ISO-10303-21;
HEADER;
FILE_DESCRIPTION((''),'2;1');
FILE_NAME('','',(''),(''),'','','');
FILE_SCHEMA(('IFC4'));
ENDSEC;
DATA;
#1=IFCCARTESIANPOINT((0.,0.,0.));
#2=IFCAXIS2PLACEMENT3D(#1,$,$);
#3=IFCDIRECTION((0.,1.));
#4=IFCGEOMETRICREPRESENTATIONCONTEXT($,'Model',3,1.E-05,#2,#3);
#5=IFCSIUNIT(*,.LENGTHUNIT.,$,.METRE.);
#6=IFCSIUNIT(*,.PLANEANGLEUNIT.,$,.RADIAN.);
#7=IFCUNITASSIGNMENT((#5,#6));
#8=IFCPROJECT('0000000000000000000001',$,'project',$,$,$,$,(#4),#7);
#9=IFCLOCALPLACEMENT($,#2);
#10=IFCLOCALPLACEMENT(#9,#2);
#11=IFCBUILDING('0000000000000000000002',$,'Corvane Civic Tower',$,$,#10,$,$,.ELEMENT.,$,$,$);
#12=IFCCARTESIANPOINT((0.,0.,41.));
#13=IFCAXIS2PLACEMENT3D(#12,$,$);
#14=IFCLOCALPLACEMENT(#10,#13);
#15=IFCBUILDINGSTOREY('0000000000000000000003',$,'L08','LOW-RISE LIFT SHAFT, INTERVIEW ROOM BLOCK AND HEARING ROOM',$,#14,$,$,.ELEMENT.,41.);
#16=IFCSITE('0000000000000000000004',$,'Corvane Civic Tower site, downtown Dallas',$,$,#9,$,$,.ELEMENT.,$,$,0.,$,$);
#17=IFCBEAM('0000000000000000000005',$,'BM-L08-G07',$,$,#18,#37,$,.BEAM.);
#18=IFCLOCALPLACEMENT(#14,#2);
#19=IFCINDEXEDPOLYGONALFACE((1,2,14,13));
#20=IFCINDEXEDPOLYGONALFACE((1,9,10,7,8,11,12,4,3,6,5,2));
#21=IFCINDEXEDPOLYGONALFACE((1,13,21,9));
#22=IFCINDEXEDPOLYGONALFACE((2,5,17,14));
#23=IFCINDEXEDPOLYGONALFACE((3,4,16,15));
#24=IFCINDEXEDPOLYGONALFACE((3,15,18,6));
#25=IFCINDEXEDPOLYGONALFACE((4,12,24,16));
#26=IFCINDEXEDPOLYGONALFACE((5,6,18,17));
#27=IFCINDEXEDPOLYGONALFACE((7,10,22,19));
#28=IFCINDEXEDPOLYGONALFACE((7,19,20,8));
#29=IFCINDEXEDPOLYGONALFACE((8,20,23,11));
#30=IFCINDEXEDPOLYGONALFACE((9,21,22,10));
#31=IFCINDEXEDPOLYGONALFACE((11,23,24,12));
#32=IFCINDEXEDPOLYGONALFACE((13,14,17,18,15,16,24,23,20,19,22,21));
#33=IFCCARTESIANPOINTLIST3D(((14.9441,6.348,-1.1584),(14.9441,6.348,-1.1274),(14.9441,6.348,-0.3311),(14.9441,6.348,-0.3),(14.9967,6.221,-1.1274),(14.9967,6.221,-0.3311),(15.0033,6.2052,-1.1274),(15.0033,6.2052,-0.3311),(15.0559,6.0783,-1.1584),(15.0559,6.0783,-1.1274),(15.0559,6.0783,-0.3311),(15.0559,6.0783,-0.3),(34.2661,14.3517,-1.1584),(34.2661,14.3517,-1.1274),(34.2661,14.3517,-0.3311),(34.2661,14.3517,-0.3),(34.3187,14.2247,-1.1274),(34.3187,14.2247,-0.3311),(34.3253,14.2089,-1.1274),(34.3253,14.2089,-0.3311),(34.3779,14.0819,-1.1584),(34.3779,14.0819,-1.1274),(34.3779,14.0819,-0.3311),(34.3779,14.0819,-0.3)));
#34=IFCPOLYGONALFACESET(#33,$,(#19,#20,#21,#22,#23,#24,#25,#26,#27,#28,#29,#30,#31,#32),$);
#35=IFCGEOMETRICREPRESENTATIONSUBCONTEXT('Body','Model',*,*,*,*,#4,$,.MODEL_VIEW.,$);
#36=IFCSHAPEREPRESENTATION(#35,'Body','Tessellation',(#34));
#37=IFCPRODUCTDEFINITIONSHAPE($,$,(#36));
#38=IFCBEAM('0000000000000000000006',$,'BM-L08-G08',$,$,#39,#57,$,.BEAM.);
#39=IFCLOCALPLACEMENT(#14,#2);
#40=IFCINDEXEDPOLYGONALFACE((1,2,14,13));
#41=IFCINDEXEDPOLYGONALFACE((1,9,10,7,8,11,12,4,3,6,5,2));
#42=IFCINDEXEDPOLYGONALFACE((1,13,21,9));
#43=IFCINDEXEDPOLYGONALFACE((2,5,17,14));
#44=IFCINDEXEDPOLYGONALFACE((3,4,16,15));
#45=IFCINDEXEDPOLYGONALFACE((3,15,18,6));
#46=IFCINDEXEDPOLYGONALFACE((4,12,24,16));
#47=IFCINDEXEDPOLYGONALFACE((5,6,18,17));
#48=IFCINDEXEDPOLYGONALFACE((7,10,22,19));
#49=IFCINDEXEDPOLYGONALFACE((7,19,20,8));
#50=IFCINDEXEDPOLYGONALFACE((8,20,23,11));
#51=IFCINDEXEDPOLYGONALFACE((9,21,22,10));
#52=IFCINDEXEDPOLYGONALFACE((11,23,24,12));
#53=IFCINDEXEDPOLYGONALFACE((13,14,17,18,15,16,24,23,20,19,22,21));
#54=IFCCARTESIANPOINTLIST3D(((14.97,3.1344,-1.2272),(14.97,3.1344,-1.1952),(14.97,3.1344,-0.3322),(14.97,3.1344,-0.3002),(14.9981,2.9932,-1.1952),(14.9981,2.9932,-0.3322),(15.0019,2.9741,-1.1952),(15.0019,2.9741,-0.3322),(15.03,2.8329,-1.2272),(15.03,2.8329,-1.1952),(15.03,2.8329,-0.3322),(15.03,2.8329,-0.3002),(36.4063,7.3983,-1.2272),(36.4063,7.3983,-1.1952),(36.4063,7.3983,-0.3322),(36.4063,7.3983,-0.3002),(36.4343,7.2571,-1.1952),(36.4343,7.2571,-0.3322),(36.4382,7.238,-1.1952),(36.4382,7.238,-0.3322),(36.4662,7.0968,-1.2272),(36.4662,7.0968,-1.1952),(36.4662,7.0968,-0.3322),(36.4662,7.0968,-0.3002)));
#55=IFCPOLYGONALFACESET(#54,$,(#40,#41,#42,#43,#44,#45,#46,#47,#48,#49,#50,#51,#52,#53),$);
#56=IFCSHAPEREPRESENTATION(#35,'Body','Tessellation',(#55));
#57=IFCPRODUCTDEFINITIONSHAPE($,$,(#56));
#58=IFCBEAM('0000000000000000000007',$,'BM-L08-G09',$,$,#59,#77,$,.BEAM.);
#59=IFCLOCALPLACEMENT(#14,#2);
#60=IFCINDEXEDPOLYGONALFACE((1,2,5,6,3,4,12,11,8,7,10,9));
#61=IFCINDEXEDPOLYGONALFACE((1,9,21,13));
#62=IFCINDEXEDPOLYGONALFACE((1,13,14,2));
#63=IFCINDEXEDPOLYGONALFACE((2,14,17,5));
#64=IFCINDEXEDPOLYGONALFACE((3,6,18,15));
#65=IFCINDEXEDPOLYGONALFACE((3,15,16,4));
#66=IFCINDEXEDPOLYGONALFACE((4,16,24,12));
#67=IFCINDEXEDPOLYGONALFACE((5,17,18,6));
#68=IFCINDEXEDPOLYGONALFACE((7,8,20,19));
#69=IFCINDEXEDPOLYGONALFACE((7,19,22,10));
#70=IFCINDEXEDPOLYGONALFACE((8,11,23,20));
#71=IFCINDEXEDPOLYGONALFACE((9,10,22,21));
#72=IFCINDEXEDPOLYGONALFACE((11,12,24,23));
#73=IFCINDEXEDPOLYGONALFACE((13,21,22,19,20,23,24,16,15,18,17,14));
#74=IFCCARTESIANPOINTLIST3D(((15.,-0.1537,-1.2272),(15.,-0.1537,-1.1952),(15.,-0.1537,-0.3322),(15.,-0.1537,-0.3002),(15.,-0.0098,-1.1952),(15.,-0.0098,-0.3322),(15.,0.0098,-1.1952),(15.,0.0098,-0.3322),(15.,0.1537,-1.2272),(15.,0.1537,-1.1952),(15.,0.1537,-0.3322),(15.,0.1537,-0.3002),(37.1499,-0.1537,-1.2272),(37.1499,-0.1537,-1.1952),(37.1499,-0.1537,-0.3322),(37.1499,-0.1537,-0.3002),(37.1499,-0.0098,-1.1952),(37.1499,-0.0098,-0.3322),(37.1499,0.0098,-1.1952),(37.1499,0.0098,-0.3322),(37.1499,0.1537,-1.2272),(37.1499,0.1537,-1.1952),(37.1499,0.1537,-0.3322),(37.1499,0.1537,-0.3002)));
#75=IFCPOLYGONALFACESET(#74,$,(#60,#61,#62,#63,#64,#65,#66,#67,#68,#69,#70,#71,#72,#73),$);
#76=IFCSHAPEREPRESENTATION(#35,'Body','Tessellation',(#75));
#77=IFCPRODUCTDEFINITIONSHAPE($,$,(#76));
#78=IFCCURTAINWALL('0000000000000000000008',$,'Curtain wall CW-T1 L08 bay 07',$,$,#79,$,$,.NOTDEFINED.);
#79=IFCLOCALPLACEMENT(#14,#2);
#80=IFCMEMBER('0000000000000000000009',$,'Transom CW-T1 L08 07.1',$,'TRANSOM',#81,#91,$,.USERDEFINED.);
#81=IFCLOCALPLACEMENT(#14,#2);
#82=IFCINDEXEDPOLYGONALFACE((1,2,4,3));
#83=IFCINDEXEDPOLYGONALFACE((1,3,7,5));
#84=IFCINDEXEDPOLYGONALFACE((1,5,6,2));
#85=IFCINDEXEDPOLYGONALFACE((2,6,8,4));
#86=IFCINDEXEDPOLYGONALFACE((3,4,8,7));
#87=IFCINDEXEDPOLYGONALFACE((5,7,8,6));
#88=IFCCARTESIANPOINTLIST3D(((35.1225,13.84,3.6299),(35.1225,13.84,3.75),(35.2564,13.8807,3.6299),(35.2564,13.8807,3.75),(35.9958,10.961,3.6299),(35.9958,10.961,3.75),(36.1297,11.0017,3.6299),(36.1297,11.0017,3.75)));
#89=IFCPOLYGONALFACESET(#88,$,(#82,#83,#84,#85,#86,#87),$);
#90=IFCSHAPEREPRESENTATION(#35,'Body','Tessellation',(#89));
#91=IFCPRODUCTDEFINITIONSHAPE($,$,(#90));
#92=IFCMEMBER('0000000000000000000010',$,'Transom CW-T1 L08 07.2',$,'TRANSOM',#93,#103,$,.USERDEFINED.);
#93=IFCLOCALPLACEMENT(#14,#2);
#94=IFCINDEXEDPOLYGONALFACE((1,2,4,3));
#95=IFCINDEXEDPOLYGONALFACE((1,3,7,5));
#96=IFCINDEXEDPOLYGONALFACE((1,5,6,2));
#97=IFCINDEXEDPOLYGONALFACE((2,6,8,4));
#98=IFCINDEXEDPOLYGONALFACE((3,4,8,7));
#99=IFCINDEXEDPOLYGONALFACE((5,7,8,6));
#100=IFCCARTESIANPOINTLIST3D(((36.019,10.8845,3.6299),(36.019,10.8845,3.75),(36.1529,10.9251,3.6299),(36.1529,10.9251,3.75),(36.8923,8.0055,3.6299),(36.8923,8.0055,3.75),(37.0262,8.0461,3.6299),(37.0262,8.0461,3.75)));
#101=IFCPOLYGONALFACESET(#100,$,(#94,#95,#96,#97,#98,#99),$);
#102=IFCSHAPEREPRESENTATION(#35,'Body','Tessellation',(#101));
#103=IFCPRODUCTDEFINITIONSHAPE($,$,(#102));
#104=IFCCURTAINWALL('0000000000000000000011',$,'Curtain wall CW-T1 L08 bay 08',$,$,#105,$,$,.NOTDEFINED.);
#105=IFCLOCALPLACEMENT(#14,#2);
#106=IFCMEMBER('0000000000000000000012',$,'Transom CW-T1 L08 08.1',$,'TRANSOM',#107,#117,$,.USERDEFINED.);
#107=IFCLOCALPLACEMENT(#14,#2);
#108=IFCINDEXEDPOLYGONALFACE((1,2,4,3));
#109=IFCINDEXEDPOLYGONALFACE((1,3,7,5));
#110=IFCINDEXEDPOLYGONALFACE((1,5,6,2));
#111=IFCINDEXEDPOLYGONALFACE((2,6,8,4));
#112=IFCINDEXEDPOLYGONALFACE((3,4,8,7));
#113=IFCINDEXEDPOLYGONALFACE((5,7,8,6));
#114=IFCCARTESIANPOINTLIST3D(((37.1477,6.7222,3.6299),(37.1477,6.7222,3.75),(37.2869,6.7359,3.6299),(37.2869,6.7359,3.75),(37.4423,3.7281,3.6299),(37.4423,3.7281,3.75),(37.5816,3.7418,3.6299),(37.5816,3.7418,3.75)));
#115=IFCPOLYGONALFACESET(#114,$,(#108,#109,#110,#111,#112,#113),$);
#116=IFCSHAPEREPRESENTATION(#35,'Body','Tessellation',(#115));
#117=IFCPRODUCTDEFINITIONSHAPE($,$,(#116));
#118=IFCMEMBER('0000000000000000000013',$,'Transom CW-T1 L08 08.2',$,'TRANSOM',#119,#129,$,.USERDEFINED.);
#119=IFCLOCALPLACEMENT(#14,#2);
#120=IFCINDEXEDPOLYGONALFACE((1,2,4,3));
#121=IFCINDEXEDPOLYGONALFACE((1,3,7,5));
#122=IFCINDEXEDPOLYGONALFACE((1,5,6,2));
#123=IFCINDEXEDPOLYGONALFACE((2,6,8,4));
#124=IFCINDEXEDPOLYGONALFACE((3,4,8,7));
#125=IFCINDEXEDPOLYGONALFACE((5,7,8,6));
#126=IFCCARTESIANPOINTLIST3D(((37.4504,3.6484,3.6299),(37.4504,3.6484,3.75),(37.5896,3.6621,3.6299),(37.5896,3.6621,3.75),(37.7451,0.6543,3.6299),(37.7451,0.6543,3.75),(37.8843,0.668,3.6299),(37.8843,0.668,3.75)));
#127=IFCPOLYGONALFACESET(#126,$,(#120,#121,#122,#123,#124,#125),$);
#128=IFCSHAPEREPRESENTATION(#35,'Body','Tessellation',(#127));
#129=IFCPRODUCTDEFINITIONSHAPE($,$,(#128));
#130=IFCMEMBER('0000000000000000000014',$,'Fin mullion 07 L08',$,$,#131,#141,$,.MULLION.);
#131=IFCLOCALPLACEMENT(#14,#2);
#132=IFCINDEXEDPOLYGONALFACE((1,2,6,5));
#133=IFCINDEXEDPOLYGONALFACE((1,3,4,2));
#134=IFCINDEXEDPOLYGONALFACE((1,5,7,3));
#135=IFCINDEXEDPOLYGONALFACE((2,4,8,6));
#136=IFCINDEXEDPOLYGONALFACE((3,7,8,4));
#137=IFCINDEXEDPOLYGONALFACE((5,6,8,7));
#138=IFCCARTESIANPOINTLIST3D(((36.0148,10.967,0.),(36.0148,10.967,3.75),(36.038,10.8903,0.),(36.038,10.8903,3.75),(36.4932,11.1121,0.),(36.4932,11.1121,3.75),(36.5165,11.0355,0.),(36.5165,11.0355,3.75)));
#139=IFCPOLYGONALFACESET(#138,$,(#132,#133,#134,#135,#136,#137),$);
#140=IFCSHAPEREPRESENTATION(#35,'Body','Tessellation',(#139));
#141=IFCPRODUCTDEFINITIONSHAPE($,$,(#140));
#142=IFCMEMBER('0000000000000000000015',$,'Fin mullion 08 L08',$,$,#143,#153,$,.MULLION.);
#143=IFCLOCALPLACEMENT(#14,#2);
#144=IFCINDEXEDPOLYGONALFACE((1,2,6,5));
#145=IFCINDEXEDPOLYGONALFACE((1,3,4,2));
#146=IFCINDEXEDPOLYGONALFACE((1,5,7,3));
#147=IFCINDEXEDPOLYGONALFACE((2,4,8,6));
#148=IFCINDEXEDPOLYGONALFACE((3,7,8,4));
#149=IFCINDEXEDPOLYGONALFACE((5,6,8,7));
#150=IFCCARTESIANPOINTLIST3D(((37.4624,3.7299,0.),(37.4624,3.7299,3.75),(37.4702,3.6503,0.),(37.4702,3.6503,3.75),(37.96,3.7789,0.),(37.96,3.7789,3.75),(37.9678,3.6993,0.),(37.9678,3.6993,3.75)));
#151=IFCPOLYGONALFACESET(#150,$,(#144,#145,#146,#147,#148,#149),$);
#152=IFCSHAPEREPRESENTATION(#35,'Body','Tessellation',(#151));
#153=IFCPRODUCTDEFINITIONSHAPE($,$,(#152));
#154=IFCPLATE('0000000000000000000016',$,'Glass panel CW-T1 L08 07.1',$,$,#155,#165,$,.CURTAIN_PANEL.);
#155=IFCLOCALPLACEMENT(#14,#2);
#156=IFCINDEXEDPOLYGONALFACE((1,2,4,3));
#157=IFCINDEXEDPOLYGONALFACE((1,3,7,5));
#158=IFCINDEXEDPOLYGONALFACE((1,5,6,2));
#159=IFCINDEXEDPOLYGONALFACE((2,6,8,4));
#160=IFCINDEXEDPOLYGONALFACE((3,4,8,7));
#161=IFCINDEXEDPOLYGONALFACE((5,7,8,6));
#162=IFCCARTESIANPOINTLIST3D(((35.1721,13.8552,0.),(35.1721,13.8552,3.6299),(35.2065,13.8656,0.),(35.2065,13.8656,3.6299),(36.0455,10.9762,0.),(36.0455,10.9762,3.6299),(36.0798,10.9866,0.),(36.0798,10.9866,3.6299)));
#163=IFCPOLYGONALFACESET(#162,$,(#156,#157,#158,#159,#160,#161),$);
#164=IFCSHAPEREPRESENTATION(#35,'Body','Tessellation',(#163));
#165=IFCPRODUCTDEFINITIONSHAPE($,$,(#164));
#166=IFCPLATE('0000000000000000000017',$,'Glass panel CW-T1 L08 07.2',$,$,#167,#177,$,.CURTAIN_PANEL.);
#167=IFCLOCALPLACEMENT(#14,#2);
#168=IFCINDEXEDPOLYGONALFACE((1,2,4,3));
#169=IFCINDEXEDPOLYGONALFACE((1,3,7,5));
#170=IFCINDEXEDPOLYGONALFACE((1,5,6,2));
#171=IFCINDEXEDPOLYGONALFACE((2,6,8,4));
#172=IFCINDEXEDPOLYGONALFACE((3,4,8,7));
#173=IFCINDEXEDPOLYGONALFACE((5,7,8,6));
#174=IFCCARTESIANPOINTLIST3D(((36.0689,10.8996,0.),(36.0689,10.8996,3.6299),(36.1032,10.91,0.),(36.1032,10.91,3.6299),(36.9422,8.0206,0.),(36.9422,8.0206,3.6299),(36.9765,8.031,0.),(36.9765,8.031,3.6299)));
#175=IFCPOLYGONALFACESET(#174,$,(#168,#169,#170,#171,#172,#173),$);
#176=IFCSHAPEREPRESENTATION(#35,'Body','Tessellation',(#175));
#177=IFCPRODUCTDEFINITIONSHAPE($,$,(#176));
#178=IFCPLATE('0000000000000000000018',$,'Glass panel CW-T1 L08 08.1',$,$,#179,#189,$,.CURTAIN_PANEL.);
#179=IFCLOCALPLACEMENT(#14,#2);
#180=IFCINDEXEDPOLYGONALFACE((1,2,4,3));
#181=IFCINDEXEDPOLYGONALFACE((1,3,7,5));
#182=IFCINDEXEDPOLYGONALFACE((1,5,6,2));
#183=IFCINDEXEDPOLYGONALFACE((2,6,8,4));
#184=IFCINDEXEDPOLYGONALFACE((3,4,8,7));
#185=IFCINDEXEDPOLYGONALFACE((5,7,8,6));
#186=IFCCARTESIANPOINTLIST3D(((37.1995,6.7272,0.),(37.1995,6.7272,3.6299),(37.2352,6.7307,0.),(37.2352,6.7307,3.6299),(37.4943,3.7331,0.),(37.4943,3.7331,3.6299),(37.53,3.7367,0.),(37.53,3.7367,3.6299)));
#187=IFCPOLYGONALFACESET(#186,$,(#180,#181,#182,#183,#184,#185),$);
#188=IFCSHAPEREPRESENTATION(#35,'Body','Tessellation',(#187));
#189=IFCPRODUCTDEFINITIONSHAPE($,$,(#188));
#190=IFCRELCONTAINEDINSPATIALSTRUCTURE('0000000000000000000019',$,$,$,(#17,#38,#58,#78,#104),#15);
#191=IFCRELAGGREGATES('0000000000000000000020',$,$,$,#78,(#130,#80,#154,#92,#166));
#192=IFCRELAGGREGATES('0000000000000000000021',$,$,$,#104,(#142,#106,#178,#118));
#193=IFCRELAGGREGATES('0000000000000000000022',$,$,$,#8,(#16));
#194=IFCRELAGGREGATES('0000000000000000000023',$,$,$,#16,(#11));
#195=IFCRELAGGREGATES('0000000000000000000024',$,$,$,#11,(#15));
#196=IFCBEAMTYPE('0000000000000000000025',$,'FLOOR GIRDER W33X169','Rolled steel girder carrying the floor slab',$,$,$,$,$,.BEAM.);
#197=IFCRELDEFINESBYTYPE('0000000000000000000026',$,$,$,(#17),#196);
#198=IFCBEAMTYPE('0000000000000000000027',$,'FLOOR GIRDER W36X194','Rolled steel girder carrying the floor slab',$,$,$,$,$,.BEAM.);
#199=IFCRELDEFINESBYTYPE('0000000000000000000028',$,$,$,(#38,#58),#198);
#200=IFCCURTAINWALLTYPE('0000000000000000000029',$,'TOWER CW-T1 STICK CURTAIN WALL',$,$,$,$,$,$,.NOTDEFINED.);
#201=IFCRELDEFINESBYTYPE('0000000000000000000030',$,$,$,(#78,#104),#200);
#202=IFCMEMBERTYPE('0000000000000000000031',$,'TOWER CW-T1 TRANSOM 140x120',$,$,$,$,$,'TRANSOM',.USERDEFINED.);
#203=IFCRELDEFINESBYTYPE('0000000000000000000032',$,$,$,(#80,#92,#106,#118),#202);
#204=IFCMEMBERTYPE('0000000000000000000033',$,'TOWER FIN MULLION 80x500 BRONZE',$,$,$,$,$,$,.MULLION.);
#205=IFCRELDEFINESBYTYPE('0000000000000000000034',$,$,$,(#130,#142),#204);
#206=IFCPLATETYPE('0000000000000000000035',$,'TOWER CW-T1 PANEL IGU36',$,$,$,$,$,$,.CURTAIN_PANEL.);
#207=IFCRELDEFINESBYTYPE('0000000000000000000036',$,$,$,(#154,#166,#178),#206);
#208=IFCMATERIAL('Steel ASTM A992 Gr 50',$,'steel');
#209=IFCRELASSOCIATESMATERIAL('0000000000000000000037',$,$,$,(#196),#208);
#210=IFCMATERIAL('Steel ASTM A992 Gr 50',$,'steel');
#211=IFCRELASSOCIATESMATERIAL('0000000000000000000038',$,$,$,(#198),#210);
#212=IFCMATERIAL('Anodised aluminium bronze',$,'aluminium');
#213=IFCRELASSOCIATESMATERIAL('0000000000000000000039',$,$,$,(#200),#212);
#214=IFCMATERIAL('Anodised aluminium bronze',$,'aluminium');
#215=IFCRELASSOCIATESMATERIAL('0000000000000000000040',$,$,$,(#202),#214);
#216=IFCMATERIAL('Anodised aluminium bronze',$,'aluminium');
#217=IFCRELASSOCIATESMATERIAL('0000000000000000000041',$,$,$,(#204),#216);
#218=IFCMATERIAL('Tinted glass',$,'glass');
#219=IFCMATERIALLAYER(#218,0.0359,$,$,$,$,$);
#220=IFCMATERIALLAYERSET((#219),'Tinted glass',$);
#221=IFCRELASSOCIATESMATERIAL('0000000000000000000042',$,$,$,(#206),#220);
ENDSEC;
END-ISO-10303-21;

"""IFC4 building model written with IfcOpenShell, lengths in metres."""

from ifc_helpers import new_model, si_unit, direction, frame, origin, origin_2d, place, context, subcontext, project, spatial, rectangle, i_section, extrude, material, layer, layer_set, material_profile, profile_set, type_object, element, aggregate, save


model = new_model("IFC4")

# Units and contexts
model_context = context("Model", 3, precision=1e-05, world=origin(), true_north=direction((0.0, 1.0)))
body_context = subcontext(model_context, "Body", "Model", "MODEL_VIEW")
ifc_project = project(units=[si_unit("LENGTHUNIT", "METRE"), si_unit("PLANEANGLEUNIT", "RADIAN")], contexts=[model_context])

# Site, building, storey
site_placement = place(None, origin())
site = spatial("IfcSite", under=ifc_project, at=site_placement, Name="Corvane Civic Tower site, downtown Dallas", CompositionType="ELEMENT", RefElevation=0.0)
building_placement = place(site_placement, origin())
building = spatial("IfcBuilding", under=site, at=building_placement, Name="Corvane Civic Tower", CompositionType="ELEMENT")
storey_placement = place(building_placement, frame((0.0, 0.0, 41.0)))
storey = spatial("IfcBuildingStorey", under=building, at=storey_placement, Name="L08", Description="LOW-RISE LIFT SHAFT, INTERVIEW ROOM BLOCK AND HEARING ROOM", CompositionType="ELEMENT", Elevation=41.0)

# Beams
ifc_material_1 = material(Name="Steel ASTM A992 Gr 50", Category="steel")
ifc_material_profile_1 = material_profile(ifc_material_1, i_section(OverallWidth=0.292, OverallDepth=0.8584, WebThickness=0.0171, FlangeThickness=0.031, at=origin_2d()), Name="W33X169")
ifc_profile_set_1 = profile_set([ifc_material_profile_1], Name="Steel ASTM A992 Gr 50")
beam_type_1 = type_object("IfcBeamType", Name="FLOOR GIRDER W33X169", Description="Rolled steel girder carrying the floor slab", PredefinedType="BEAM", material=ifc_profile_set_1)
beam_1_placement = place(storey_placement, frame((15.0, 6.2131, -0.7292), z_axis=(0.923876, 0.382692, 0.0), x_axis=(-0.382692, 0.923876, 0.0)))
element("IfcBeam", 1, at=beam_1_placement, inside=storey, type_object=beam_type_1, Name="BM-L08-G07", PredefinedType="BEAM", context=body_context, shape_type="SweptSolid", body=[
    extrude(i_section(OverallWidth=0.292, OverallDepth=0.8584, WebThickness=0.0171, FlangeThickness=0.031, at=origin_2d()), origin(), (0.0, 0.0, 1.0), 20.9141),
])
ifc_material_2 = material(Name="Steel ASTM A992 Gr 50", Category="steel")
ifc_material_profile_2 = material_profile(ifc_material_2, i_section(OverallWidth=0.3074, OverallDepth=0.927, WebThickness=0.0195, FlangeThickness=0.032, at=origin_2d()), Name="W36X194")
ifc_profile_set_2 = profile_set([ifc_material_profile_2], Name="Steel ASTM A992 Gr 50")
beam_type_2 = type_object("IfcBeamType", Name="FLOOR GIRDER W36X194", Description="Rolled steel girder carrying the floor slab", PredefinedType="BEAM", material=ifc_profile_set_2)
beam_2_placement = place(storey_placement, frame((15.0, 2.9836, -0.7637), z_axis=(0.980785, 0.195089, 0.0), x_axis=(-0.195089, 0.980785, 0.0)))
element("IfcBeam", 2, at=beam_2_placement, inside=storey, type_object=beam_type_2, Name="BM-L08-G08", PredefinedType="BEAM", context=body_context, shape_type="SweptSolid", body=[
    extrude(i_section(OverallWidth=0.3074, OverallDepth=0.927, WebThickness=0.0195, FlangeThickness=0.032, at=origin_2d()), origin(), (0.0, 0.0, 1.0), 21.8562),
])
beam_3_placement = place(storey_placement, frame((15.0, 0.0, -0.7637), z_axis=(1.0, 0.0, 0.0), x_axis=(0.0, 1.0, 0.0)))
element("IfcBeam", 3, at=beam_3_placement, inside=storey, type_object=beam_type_2, Name="BM-L08-G09", PredefinedType="BEAM", context=body_context, shape_type="SweptSolid", body=[
    extrude(i_section(OverallWidth=0.3074, OverallDepth=0.927, WebThickness=0.0195, FlangeThickness=0.032, at=origin_2d()), origin(), (0.0, 0.0, 1.0), 22.1499),
])

# Curtain walls, members
ifc_material_3 = material(Name="Anodised aluminium bronze", Category="aluminium")
curtain_wall_type = type_object("IfcCurtainWallType", Name="TOWER CW-T1 STICK CURTAIN WALL", PredefinedType="NOTDEFINED", material=ifc_material_3)
curtain_wall_1_placement = place(storey_placement, origin())
curtain_wall_1 = element("IfcCurtainWall", 4, at=curtain_wall_1_placement, inside=storey, type_object=curtain_wall_type, Name="Curtain wall CW-T1 L08 bay 07", PredefinedType="NOTDEFINED")
ifc_material_4 = material(Name="Anodised aluminium bronze", Category="aluminium")
ifc_material_profile_3 = material_profile(ifc_material_4, rectangle(XDim=0.1399, YDim=0.1201, at=origin_2d()), Name="TOWER CW-T1 TRANSOM 140x120")
ifc_profile_set_3 = profile_set([ifc_material_profile_3], Name="Anodised aluminium bronze")
member_type_1 = type_object("IfcMemberType", Name="TOWER CW-T1 TRANSOM 140x120", ElementType="TRANSOM", PredefinedType="USERDEFINED", material=ifc_profile_set_3)
member_1_placement = place(storey_placement, frame((35.1895, 13.8604, 3.6899), z_axis=(0.29028, -0.956942, 0.0), x_axis=(0.956942, 0.29028, 0.0)))
member_1 = element("IfcMember", 5, at=member_1_placement, type_object=member_type_1, Name="Transom CW-T1 L08 07.1", ObjectType="TRANSOM", PredefinedType="USERDEFINED", context=body_context, shape_type="SweptSolid", body=[
    extrude(rectangle(XDim=0.1399, YDim=0.1201, at=origin_2d()), origin(), (0.0, 0.0, 1.0), 3.0085),
])
member_2_placement = place(storey_placement, frame((36.0859, 10.9048, 3.6899), z_axis=(0.29028, -0.956942, 0.0), x_axis=(0.956942, 0.29028, 0.0)))
member_2 = element("IfcMember", 6, at=member_2_placement, type_object=member_type_1, Name="Transom CW-T1 L08 07.2", ObjectType="TRANSOM", PredefinedType="USERDEFINED", context=body_context, shape_type="SweptSolid", body=[
    extrude(rectangle(XDim=0.1399, YDim=0.1201, at=origin_2d()), origin(), (0.0, 0.0, 1.0), 3.0085),
])
curtain_wall_2_placement = place(storey_placement, origin())
curtain_wall_2 = element("IfcCurtainWall", 7, at=curtain_wall_2_placement, inside=storey, type_object=curtain_wall_type, Name="Curtain wall CW-T1 L08 bay 08", PredefinedType="NOTDEFINED")
member_3_placement = place(storey_placement, frame((37.2173, 6.729, 3.6899), z_axis=(0.097945, -0.995192, 0.0), x_axis=(0.995192, 0.097945, 0.0)))
member_3 = element("IfcMember", 8, at=member_3_placement, type_object=member_type_1, Name="Transom CW-T1 L08 08.1", ObjectType="TRANSOM", PredefinedType="USERDEFINED", context=body_context, shape_type="SweptSolid", body=[
    extrude(rectangle(XDim=0.1399, YDim=0.1201, at=origin_2d()), origin(), (0.0, 0.0, 1.0), 3.0085),
])
member_4_placement = place(storey_placement, frame((37.52, 3.6553, 3.6899), z_axis=(0.097945, -0.995192, 0.0), x_axis=(0.995192, 0.097945, 0.0)))
member_4 = element("IfcMember", 9, at=member_4_placement, type_object=member_type_1, Name="Transom CW-T1 L08 08.2", ObjectType="TRANSOM", PredefinedType="USERDEFINED", context=body_context, shape_type="SweptSolid", body=[
    extrude(rectangle(XDim=0.1399, YDim=0.1201, at=origin_2d()), origin(), (0.0, 0.0, 1.0), 3.0085),
])

# Members
ifc_material_5 = material(Name="Anodised aluminium bronze", Category="aluminium")
ifc_material_profile_4 = material_profile(ifc_material_5, rectangle(XDim=0.0801, YDim=0.5, at=origin_2d()), Name="TOWER FIN MULLION 80x500 BRONZE")
ifc_profile_set_4 = profile_set([ifc_material_profile_4], Name="Anodised aluminium bronze")
member_type_2 = type_object("IfcMemberType", Name="TOWER FIN MULLION 80x500 BRONZE", PredefinedType="MULLION", material=ifc_profile_set_4)
member_5_placement = place(storey_placement, frame((36.2656, 11.0012, 0.0), z_axis=(0.0, 0.0, 1.0), x_axis=(0.290278, -0.956942, 0.0)))
member_5 = element("IfcMember", 10, at=member_5_placement, type_object=member_type_2, Name="Fin mullion 07 L08", PredefinedType="MULLION", context=body_context, shape_type="SweptSolid", body=[
    extrude(rectangle(XDim=0.0801, YDim=0.5, at=origin_2d()), origin(), (0.0, 0.0, 1.0), 3.75),
])
member_6_placement = place(storey_placement, frame((37.7151, 3.7146, 0.0), z_axis=(0.0, 0.0, 1.0), x_axis=(0.098006, -0.995186, 0.0)))
member_6 = element("IfcMember", 11, at=member_6_placement, type_object=member_type_2, Name="Fin mullion 08 L08", PredefinedType="MULLION", context=body_context, shape_type="SweptSolid", body=[
    extrude(rectangle(XDim=0.0801, YDim=0.5, at=origin_2d()), origin(), (0.0, 0.0, 1.0), 3.75),
])

# Plates
ifc_material_6 = material(Name="Tinted glass", Category="glass")
ifc_layer_1 = layer(ifc_material_6, 0.0359)
ifc_layer_set_1 = layer_set([ifc_layer_1], Name="Tinted glass")
plate_type = type_object("IfcPlateType", Name="TOWER CW-T1 PANEL IGU36", PredefinedType="CURTAIN_PANEL", material=ifc_layer_set_1)
plate_1_placement = place(storey_placement, frame((35.626, 12.4209, 0.0), z_axis=(0.0, 0.0, 1.0), x_axis=(0.290278, -0.956942, 0.0)))
plate_1 = element("IfcPlate", 12, at=plate_1_placement, type_object=plate_type, Name="Glass panel CW-T1 L08 07.1", PredefinedType="CURTAIN_PANEL", context=body_context, shape_type="SweptSolid", body=[
    extrude(rectangle(XDim=3.0085, YDim=0.0359, at=origin_2d()), origin(), (0.0, 0.0, 1.0), 3.6299),
])
plate_2_placement = place(storey_placement, frame((36.5227, 9.4653, 0.0), z_axis=(0.0, 0.0, 1.0), x_axis=(0.290278, -0.956942, 0.0)))
plate_2 = element("IfcPlate", 13, at=plate_2_placement, type_object=plate_type, Name="Glass panel CW-T1 L08 07.2", PredefinedType="CURTAIN_PANEL", context=body_context, shape_type="SweptSolid", body=[
    extrude(rectangle(XDim=3.0085, YDim=0.0359, at=origin_2d()), origin(), (0.0, 0.0, 1.0), 3.6299),
])
aggregate(curtain_wall_1, [member_5, member_1, plate_1, member_2, plate_2])
plate_3_placement = place(storey_placement, frame((37.3647, 5.2319, 0.0), z_axis=(0.0, 0.0, 1.0), x_axis=(0.098006, -0.995186, 0.0)))
plate_3 = element("IfcPlate", 14, at=plate_3_placement, type_object=plate_type, Name="Glass panel CW-T1 L08 08.1", PredefinedType="CURTAIN_PANEL", context=body_context, shape_type="SweptSolid", body=[
    extrude(rectangle(XDim=3.0085, YDim=0.0359, at=origin_2d()), origin(), (0.0, 0.0, 1.0), 3.6299),
])
aggregate(curtain_wall_2, [member_6, member_3, plate_3, member_4])

save(model, "model.ifc")
